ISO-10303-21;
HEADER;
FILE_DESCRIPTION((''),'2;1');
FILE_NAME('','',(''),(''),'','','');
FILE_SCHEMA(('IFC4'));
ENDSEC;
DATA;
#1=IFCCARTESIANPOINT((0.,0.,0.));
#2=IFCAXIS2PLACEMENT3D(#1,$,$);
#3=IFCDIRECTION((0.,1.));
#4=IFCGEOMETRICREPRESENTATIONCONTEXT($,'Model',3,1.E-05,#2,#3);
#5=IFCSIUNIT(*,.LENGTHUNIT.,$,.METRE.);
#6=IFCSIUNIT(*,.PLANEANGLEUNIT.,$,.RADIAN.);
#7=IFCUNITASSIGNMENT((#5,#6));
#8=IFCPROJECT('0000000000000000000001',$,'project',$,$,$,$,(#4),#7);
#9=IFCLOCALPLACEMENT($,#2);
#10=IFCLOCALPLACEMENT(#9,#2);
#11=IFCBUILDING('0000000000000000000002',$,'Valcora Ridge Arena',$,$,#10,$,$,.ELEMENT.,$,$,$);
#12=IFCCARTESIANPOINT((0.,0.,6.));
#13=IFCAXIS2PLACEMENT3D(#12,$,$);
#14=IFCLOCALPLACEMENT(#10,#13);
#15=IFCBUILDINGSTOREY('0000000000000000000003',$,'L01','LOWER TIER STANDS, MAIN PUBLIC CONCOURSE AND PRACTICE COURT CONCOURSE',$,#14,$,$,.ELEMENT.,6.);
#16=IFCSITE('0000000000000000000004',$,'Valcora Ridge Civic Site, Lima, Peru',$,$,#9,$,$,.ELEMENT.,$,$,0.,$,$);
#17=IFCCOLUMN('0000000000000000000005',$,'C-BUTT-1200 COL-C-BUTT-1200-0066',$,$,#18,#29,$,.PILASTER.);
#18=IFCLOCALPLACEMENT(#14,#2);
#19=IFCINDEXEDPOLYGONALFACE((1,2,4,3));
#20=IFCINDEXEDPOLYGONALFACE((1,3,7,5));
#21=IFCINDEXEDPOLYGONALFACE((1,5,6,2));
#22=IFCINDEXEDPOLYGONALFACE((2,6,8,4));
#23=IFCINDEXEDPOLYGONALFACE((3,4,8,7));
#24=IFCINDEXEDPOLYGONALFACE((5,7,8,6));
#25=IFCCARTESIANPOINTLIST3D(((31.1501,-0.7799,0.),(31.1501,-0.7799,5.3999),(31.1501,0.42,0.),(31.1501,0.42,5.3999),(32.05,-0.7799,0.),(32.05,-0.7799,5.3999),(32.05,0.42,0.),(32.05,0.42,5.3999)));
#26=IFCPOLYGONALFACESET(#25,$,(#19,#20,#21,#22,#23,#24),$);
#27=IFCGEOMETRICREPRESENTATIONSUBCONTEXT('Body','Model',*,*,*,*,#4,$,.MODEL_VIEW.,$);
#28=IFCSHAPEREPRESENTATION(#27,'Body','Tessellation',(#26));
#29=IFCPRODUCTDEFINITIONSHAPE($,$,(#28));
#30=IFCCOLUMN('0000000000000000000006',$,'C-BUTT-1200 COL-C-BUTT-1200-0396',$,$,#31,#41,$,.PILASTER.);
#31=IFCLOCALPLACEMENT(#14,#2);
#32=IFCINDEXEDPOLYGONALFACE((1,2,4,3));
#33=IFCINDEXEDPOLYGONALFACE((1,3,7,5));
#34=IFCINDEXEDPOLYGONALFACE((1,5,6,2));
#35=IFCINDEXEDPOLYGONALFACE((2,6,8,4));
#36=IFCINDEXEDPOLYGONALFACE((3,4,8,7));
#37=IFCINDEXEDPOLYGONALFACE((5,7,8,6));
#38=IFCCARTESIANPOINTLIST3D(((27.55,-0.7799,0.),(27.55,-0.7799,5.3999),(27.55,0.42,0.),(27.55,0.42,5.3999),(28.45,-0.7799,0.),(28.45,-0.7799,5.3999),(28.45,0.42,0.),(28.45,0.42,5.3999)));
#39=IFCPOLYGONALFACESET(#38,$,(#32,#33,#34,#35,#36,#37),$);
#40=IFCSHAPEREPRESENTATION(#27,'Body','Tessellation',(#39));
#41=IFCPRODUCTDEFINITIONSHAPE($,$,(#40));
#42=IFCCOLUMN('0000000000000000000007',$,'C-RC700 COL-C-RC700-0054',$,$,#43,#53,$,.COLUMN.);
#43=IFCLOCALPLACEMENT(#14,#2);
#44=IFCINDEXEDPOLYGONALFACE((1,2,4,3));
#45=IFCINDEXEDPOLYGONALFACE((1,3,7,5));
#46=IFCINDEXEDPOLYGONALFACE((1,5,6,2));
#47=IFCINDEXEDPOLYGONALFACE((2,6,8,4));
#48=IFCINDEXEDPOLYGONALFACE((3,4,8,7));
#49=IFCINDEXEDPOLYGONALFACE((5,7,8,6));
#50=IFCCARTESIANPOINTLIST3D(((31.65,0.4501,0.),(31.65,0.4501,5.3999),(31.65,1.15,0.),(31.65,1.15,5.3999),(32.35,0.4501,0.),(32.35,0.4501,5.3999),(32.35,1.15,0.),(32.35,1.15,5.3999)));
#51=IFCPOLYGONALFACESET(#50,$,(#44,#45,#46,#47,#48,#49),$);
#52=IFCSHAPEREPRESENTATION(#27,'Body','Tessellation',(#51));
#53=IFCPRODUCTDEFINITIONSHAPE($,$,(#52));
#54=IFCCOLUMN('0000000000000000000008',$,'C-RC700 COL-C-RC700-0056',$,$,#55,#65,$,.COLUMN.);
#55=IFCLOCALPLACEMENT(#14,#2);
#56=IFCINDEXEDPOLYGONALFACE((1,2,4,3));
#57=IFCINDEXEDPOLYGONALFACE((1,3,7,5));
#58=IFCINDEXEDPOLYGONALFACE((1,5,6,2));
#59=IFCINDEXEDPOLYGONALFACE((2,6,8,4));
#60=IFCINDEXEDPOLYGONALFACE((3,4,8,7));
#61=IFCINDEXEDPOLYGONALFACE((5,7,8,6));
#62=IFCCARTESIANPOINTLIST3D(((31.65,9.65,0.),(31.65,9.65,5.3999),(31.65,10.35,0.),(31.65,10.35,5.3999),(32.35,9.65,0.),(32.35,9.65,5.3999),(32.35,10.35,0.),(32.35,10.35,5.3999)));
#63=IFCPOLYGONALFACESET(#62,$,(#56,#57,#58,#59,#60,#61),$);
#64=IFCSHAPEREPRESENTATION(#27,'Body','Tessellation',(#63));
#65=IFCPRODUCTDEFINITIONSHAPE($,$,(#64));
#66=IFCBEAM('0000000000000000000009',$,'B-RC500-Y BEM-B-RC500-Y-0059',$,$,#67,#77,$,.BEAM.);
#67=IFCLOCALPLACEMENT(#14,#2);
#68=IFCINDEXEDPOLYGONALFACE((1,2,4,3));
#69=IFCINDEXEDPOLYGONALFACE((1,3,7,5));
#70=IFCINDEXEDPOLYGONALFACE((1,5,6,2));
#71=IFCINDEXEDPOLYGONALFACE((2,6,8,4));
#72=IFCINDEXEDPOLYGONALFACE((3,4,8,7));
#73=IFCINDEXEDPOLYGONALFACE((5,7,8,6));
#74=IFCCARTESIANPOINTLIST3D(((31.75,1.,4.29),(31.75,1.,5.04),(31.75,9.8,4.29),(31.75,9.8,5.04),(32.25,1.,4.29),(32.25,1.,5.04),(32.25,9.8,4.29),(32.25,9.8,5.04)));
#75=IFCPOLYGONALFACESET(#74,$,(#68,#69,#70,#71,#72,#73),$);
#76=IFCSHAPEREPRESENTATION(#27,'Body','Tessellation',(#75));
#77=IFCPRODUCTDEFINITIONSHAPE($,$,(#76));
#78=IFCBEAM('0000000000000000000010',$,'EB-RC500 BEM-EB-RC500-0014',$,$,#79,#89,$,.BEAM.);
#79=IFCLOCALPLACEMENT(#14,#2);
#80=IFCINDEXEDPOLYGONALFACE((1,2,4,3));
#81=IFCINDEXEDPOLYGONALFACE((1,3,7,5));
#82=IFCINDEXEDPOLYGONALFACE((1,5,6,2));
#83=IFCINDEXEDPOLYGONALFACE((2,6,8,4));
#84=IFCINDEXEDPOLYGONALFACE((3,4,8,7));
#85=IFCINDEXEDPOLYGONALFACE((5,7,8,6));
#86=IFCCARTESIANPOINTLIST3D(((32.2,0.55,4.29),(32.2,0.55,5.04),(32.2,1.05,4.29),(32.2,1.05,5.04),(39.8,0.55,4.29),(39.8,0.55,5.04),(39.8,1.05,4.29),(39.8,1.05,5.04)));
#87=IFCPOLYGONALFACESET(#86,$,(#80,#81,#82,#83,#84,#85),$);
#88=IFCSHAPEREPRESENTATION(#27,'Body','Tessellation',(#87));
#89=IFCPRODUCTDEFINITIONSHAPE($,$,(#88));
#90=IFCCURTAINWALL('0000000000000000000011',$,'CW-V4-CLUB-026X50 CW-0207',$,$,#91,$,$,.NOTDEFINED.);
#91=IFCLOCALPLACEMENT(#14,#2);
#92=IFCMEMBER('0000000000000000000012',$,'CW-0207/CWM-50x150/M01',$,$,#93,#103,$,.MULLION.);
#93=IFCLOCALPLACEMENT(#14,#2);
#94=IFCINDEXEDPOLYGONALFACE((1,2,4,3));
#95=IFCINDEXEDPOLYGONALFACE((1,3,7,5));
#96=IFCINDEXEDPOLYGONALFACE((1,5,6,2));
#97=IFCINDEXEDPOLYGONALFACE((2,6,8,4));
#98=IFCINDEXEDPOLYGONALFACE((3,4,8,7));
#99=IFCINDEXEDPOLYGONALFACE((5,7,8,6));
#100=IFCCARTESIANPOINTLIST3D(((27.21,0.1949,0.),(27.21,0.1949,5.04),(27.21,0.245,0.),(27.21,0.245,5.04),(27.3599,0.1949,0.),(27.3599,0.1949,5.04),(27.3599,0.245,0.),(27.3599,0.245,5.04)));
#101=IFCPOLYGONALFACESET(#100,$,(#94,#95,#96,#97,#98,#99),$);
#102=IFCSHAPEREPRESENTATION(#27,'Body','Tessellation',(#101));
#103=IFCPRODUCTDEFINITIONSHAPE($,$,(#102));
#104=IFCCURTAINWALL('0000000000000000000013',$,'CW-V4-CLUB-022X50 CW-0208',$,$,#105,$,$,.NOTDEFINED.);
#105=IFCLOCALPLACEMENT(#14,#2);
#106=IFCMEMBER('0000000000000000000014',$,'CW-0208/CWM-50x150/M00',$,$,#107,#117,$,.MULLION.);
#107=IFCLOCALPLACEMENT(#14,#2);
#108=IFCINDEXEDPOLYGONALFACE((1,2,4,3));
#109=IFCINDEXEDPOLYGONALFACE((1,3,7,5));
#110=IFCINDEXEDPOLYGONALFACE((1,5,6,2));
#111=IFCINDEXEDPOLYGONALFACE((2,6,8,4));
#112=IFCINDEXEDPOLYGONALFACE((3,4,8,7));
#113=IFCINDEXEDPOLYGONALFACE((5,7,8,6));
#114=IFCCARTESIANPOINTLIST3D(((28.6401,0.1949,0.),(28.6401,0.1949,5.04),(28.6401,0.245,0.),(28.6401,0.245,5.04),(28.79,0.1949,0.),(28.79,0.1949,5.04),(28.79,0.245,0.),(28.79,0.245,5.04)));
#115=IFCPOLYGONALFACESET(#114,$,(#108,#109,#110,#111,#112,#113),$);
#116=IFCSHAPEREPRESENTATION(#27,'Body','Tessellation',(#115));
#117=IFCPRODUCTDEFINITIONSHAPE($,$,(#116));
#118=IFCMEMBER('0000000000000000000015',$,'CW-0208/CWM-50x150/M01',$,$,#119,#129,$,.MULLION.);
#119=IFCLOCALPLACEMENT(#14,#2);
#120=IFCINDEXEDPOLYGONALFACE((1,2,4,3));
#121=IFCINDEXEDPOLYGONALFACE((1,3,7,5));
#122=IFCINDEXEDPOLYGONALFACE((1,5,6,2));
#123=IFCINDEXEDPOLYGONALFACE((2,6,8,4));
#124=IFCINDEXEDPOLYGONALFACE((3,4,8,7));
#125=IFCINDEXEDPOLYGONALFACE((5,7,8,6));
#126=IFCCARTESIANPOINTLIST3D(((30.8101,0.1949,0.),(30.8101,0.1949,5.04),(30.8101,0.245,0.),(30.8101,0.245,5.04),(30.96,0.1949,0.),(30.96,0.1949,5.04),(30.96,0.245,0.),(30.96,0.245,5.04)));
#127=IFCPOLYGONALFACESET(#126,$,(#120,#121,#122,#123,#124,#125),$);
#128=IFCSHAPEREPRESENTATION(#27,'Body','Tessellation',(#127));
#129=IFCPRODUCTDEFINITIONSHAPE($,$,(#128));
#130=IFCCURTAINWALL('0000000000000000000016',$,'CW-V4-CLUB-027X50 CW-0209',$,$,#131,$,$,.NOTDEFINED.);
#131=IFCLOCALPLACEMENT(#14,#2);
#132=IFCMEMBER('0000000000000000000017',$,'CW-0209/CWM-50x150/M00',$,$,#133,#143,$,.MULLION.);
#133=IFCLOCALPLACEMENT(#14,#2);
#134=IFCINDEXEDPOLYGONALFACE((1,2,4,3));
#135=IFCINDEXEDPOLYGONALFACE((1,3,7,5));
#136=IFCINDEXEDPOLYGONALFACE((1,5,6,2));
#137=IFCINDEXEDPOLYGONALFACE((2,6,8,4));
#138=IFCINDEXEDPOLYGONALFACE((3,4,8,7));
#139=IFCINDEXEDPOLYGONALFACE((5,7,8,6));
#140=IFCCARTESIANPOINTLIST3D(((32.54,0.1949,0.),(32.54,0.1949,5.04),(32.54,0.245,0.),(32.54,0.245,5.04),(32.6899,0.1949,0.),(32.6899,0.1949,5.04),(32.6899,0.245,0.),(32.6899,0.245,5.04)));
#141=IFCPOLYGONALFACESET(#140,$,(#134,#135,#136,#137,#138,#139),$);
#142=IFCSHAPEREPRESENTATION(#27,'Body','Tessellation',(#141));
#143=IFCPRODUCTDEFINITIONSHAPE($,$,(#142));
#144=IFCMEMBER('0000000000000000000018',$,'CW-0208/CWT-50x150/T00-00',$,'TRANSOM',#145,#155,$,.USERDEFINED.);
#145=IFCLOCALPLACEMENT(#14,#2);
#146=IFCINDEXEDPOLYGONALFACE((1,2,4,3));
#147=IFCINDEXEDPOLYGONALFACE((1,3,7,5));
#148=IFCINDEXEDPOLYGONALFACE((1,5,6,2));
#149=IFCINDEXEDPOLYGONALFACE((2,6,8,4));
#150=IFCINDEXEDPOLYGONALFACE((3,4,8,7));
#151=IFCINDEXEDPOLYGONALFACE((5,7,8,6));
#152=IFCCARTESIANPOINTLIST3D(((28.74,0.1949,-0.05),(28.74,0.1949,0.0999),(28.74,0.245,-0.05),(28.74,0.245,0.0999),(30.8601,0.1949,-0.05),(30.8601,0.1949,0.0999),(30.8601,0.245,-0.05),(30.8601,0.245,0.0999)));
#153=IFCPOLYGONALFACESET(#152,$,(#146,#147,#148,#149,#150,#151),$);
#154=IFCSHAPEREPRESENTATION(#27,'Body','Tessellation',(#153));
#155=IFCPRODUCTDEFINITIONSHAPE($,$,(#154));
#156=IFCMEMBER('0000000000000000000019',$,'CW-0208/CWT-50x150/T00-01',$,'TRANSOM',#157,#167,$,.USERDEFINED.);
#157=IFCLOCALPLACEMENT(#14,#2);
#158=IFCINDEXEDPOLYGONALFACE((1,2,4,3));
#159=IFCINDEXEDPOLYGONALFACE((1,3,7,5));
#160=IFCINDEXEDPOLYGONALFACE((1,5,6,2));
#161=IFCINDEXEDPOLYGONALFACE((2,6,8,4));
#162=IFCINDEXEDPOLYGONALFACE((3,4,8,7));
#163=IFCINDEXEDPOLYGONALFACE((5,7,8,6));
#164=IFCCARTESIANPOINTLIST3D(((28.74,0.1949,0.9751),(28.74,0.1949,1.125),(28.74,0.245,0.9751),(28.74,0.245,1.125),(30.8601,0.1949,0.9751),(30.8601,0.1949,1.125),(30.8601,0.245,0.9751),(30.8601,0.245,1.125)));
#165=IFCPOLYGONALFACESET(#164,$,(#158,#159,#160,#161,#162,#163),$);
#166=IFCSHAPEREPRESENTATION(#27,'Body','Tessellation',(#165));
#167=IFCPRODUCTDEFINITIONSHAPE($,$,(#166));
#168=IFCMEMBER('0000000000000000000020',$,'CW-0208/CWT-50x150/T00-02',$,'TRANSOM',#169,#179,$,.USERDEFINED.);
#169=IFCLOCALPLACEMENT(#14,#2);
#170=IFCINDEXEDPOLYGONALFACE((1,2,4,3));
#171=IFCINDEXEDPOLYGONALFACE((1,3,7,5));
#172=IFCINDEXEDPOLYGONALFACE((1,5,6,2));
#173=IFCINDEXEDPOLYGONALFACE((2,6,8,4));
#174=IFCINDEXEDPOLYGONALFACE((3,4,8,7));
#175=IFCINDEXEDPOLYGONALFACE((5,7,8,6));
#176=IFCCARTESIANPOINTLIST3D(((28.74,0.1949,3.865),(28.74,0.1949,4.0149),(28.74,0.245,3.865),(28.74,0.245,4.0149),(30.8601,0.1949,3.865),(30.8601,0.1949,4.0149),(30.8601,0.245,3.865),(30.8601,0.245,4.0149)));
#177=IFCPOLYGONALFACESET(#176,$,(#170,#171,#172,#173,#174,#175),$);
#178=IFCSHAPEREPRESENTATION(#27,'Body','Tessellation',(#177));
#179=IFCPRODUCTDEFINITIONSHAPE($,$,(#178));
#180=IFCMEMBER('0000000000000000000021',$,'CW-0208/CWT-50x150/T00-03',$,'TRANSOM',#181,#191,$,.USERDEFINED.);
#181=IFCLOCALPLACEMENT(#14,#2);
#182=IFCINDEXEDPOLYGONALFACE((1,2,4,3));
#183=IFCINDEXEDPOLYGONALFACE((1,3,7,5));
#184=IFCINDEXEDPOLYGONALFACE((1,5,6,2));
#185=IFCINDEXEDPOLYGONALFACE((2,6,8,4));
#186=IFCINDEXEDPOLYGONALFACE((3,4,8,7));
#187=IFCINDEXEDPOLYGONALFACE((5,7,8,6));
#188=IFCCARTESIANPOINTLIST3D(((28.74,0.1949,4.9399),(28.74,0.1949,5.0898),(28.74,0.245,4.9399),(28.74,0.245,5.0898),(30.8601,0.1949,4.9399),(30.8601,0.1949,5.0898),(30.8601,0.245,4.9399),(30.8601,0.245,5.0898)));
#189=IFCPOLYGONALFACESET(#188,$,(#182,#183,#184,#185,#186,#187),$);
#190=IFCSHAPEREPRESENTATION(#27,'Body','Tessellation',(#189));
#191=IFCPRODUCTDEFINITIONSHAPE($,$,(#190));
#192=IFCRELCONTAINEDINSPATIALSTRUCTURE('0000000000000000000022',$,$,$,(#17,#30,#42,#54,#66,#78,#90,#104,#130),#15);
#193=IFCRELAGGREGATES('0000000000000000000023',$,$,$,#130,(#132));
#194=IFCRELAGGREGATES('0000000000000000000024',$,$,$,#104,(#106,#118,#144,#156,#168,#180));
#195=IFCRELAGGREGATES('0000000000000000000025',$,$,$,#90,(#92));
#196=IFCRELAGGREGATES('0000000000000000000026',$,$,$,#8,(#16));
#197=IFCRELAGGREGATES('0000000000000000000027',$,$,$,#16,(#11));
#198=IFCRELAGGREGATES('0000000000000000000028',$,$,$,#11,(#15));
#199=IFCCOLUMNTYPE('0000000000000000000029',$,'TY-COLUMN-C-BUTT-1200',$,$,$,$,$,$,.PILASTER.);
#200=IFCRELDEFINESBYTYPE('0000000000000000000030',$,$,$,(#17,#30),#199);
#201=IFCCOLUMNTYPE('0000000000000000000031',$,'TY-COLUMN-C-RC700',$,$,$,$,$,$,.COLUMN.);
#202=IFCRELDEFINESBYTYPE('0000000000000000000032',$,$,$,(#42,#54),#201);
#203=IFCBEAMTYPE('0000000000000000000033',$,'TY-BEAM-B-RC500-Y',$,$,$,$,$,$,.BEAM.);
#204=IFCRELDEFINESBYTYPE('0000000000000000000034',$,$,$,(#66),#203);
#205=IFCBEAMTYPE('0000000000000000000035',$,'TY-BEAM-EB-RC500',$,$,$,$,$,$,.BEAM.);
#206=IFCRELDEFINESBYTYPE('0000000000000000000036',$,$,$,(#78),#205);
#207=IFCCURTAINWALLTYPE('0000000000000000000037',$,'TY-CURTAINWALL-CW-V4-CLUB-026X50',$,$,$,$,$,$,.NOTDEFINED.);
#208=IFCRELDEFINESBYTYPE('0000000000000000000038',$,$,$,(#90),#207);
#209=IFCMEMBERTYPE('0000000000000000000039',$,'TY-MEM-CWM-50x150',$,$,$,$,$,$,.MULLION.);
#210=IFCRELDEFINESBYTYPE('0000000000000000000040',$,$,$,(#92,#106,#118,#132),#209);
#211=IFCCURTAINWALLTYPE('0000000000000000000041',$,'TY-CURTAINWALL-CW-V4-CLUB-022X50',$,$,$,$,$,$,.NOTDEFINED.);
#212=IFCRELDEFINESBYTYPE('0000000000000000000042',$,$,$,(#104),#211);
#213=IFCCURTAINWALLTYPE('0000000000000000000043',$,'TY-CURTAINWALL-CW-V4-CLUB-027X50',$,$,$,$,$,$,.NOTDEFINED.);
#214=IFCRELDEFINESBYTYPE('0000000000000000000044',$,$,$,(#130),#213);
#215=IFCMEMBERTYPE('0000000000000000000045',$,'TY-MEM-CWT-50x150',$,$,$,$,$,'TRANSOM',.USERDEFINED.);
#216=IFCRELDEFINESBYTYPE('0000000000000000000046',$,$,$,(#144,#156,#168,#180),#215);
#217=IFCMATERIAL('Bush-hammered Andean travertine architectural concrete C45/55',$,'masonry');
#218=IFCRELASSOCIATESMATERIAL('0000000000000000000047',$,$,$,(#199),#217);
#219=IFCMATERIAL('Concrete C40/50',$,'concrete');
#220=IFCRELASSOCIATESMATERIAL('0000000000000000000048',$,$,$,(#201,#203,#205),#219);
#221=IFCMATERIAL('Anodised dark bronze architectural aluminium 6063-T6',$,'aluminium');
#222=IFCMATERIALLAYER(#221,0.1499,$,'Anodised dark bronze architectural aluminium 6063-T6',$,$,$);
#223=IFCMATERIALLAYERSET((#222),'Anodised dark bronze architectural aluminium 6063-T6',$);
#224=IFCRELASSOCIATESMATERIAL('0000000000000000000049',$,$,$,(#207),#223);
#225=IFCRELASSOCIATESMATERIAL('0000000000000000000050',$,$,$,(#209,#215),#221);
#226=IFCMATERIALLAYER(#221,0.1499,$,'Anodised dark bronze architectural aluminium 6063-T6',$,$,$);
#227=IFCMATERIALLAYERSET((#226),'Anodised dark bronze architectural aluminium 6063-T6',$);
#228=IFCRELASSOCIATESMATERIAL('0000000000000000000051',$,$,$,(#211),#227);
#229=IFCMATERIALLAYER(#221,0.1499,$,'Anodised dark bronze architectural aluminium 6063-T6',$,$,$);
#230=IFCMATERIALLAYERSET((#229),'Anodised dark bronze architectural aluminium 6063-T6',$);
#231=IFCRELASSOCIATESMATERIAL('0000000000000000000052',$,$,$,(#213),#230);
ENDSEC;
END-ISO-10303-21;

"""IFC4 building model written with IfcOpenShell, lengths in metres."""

from ifc_helpers import new_model, si_unit, direction, frame, origin, origin_2d, place, context, subcontext, project, spatial, rectangle, extrude, material, layer, layer_set, material_profile, profile_set, type_object, element, aggregate, save


model = new_model("IFC4")

# Units and contexts
model_context = context("Model", 3, precision=1e-05, world=origin(), true_north=direction((0.0, 1.0)))
body_context = subcontext(model_context, "Body", "Model", "MODEL_VIEW")
ifc_project = project(units=[si_unit("LENGTHUNIT", "METRE"), si_unit("PLANEANGLEUNIT", "RADIAN")], contexts=[model_context])

# Site, building, storey
site_placement = place(None, origin())
site = spatial("IfcSite", under=ifc_project, at=site_placement, Name="Valcora Ridge Civic Site, Lima, Peru", CompositionType="ELEMENT", RefElevation=0.0)
building_placement = place(site_placement, origin())
building = spatial("IfcBuilding", under=site, at=building_placement, Name="Valcora Ridge Arena", CompositionType="ELEMENT")
storey_placement = place(building_placement, frame((0.0, 0.0, 6.0)))
storey = spatial("IfcBuildingStorey", under=building, at=storey_placement, Name="L01", Description="LOWER TIER STANDS, MAIN PUBLIC CONCOURSE AND PRACTICE COURT CONCOURSE", CompositionType="ELEMENT", Elevation=6.0)

# Columns
ifc_material_1 = material(Name="Bush-hammered Andean travertine architectural concrete C45/55", Category="masonry")
ifc_material_profile_1 = material_profile(ifc_material_1, rectangle(XDim=0.8999, YDim=1.2, at=origin_2d()), Name="RC 900x1200")
ifc_profile_set_1 = profile_set([ifc_material_profile_1], Name="Bush-hammered Andean travertine architectural concrete C45/55")
column_type_1 = type_object("IfcColumnType", Name="TY-COLUMN-C-BUTT-1200", PredefinedType="PILASTER", material=ifc_profile_set_1)
for number, where, z_axis, x_axis, name in (
    (1, (31.6001, -0.1799, 0.0), (0.0, 0.0, 1.0), (1.0, 0.0, 0.0), "C-BUTT-1200 COL-C-BUTT-1200-0066"),
    (2, (28.0, -0.1799, 0.0), (0.0, 0.0, 1.0), (1.0, 0.0, 0.0), "C-BUTT-1200 COL-C-BUTT-1200-0396"),
):
    element("IfcColumn", number, at=place(storey_placement, frame(where, z_axis=z_axis, x_axis=x_axis)), inside=storey, type_object=column_type_1, Name=name, PredefinedType="PILASTER", context=body_context, shape_type="SweptSolid", body=[
        extrude(rectangle(XDim=0.8999, YDim=1.2, at=origin_2d()), origin(), (0.0, 0.0, 1.0), 5.3999),
    ])
ifc_material_2 = material(Name="Concrete C40/50", Category="concrete")
ifc_material_profile_2 = material_profile(ifc_material_2, rectangle(XDim=0.7, YDim=0.7, at=origin_2d()), Name="RC 700x700")
ifc_profile_set_2 = profile_set([ifc_material_profile_2], Name="Concrete C40/50")
column_type_2 = type_object("IfcColumnType", Name="TY-COLUMN-C-RC700", PredefinedType="COLUMN", material=ifc_profile_set_2)
for number, where, z_axis, x_axis, name in (
    (3, (32.0, 0.8, 0.0), (0.0, 0.0, 1.0), (1.0, 0.0, 0.0), "C-RC700 COL-C-RC700-0054"),
    (4, (32.0, 10.0, 0.0), (0.0, 0.0, 1.0), (1.0, 0.0, 0.0), "C-RC700 COL-C-RC700-0056"),
):
    element("IfcColumn", number, at=place(storey_placement, frame(where, z_axis=z_axis, x_axis=x_axis)), inside=storey, type_object=column_type_2, Name=name, PredefinedType="COLUMN", context=body_context, shape_type="SweptSolid", body=[
        extrude(rectangle(XDim=0.7, YDim=0.7, at=origin_2d()), origin(), (0.0, 0.0, 1.0), 5.3999),
    ])

# Beams
ifc_material_profile_3 = material_profile(ifc_material_2, rectangle(XDim=0.5, YDim=0.75, at=origin_2d()), Name="RC 500x750")
ifc_profile_set_3 = profile_set([ifc_material_profile_3], Name="Concrete C40/50")
beam_type_1 = type_object("IfcBeamType", Name="TY-BEAM-B-RC500-Y", PredefinedType="BEAM", material=ifc_profile_set_3)
beam_1_placement = place(storey_placement, frame((32.0, 1.0, 4.665), z_axis=(0.0, 1.0, 0.0), x_axis=(-1.0, 0.0, 0.0)))
element("IfcBeam", 5, at=beam_1_placement, inside=storey, type_object=beam_type_1, Name="B-RC500-Y BEM-B-RC500-Y-0059", PredefinedType="BEAM", context=body_context, shape_type="SweptSolid", body=[
    extrude(rectangle(XDim=0.5, YDim=0.75, at=origin_2d()), origin(), (0.0, 0.0, 1.0), 8.8),
])
ifc_material_profile_4 = material_profile(ifc_material_2, rectangle(XDim=0.5, YDim=0.75, at=origin_2d()), Name="RC 500x750")
ifc_profile_set_4 = profile_set([ifc_material_profile_4], Name="Concrete C40/50")
beam_type_2 = type_object("IfcBeamType", Name="TY-BEAM-EB-RC500", PredefinedType="BEAM", material=ifc_profile_set_4)
beam_2_placement = place(storey_placement, frame((32.2, 0.8, 4.665), z_axis=(1.0, 0.0, 0.0), x_axis=(0.0, 1.0, 0.0)))
element("IfcBeam", 6, at=beam_2_placement, inside=storey, type_object=beam_type_2, Name="EB-RC500 BEM-EB-RC500-0014", PredefinedType="BEAM", context=body_context, shape_type="SweptSolid", body=[
    extrude(rectangle(XDim=0.5, YDim=0.75, at=origin_2d()), origin(), (0.0, 0.0, 1.0), 7.6001),
])

# Curtain wall, member
ifc_material_3 = material(Name="Anodised dark bronze architectural aluminium 6063-T6", Category="aluminium")
ifc_layer_1 = layer(ifc_material_3, 0.1499, Name="Anodised dark bronze architectural aluminium 6063-T6")
ifc_layer_set_1 = layer_set([ifc_layer_1], Name="Anodised dark bronze architectural aluminium 6063-T6")
curtain_wall_type_1 = type_object("IfcCurtainWallType", Name="TY-CURTAINWALL-CW-V4-CLUB-026X50", PredefinedType="NOTDEFINED", material=ifc_layer_set_1)
curtain_wall_1_placement = place(storey_placement, origin())
curtain_wall_1 = element("IfcCurtainWall", 7, at=curtain_wall_1_placement, inside=storey, type_object=curtain_wall_type_1, Name="CW-V4-CLUB-026X50 CW-0207", PredefinedType="NOTDEFINED")
ifc_material_profile_5 = material_profile(ifc_material_3, rectangle(XDim=0.05, YDim=0.1499, at=origin_2d()), Name="ALU MULLION 50x150")
ifc_profile_set_5 = profile_set([ifc_material_profile_5], Name="Anodised dark bronze architectural aluminium 6063-T6")
member_type_1 = type_object("IfcMemberType", Name="TY-MEM-CWM-50x150", PredefinedType="MULLION", material=ifc_profile_set_5)
member_1_placement = place(storey_placement, frame((27.2849, 0.22, 0.0), z_axis=(0.0, 0.0, 1.0), x_axis=(0.0, 1.0, 0.0)))
member_1 = element("IfcMember", 8, at=member_1_placement, type_object=member_type_1, Name="CW-0207/CWM-50x150/M01", PredefinedType="MULLION", context=body_context, shape_type="SweptSolid", body=[
    extrude(rectangle(XDim=0.05, YDim=0.1499, at=origin_2d()), origin(), (0.0, 0.0, 1.0), 5.04),
])

# Curtain wall, members
ifc_layer_2 = layer(ifc_material_3, 0.1499, Name="Anodised dark bronze architectural aluminium 6063-T6")
ifc_layer_set_2 = layer_set([ifc_layer_2], Name="Anodised dark bronze architectural aluminium 6063-T6")
curtain_wall_type_2 = type_object("IfcCurtainWallType", Name="TY-CURTAINWALL-CW-V4-CLUB-022X50", PredefinedType="NOTDEFINED", material=ifc_layer_set_2)
curtain_wall_2_placement = place(storey_placement, origin())
curtain_wall_2 = element("IfcCurtainWall", 9, at=curtain_wall_2_placement, inside=storey, type_object=curtain_wall_type_2, Name="CW-V4-CLUB-022X50 CW-0208", PredefinedType="NOTDEFINED")
member_2_placement = place(storey_placement, frame((28.7151, 0.22, 0.0), z_axis=(0.0, 0.0, 1.0), x_axis=(0.0, 1.0, 0.0)))
member_2 = element("IfcMember", 10, at=member_2_placement, type_object=member_type_1, Name="CW-0208/CWM-50x150/M00", PredefinedType="MULLION", context=body_context, shape_type="SweptSolid", body=[
    extrude(rectangle(XDim=0.05, YDim=0.1499, at=origin_2d()), origin(), (0.0, 0.0, 1.0), 5.04),
])
member_3_placement = place(storey_placement, frame((30.885, 0.22, 0.0), z_axis=(0.0, 0.0, 1.0), x_axis=(0.0, 1.0, 0.0)))
member_3 = element("IfcMember", 11, at=member_3_placement, type_object=member_type_1, Name="CW-0208/CWM-50x150/M01", PredefinedType="MULLION", context=body_context, shape_type="SweptSolid", body=[
    extrude(rectangle(XDim=0.05, YDim=0.1499, at=origin_2d()), origin(), (0.0, 0.0, 1.0), 5.04),
])

# Curtain wall, member
ifc_layer_3 = layer(ifc_material_3, 0.1499, Name="Anodised dark bronze architectural aluminium 6063-T6")
ifc_layer_set_3 = layer_set([ifc_layer_3], Name="Anodised dark bronze architectural aluminium 6063-T6")
curtain_wall_type_3 = type_object("IfcCurtainWallType", Name="TY-CURTAINWALL-CW-V4-CLUB-027X50", PredefinedType="NOTDEFINED", material=ifc_layer_set_3)
curtain_wall_3_placement = place(storey_placement, origin())
curtain_wall_3 = element("IfcCurtainWall", 12, at=curtain_wall_3_placement, inside=storey, type_object=curtain_wall_type_3, Name="CW-V4-CLUB-027X50 CW-0209", PredefinedType="NOTDEFINED")
member_4_placement = place(storey_placement, frame((32.615, 0.22, 0.0), z_axis=(0.0, 0.0, 1.0), x_axis=(0.0, 1.0, 0.0)))
member_4 = element("IfcMember", 13, at=member_4_placement, type_object=member_type_1, Name="CW-0209/CWM-50x150/M00", PredefinedType="MULLION", context=body_context, shape_type="SweptSolid", body=[
    extrude(rectangle(XDim=0.05, YDim=0.1499, at=origin_2d()), origin(), (0.0, 0.0, 1.0), 5.04),
])

# Members
ifc_material_profile_6 = material_profile(ifc_material_3, rectangle(XDim=0.05, YDim=0.1499, at=origin_2d()), Name="ALU TRANSOM 50x150")
ifc_profile_set_6 = profile_set([ifc_material_profile_6], Name="Anodised dark bronze architectural aluminium 6063-T6")
member_type_2 = type_object("IfcMemberType", Name="TY-MEM-CWT-50x150", ElementType="TRANSOM", PredefinedType="USERDEFINED", material=ifc_profile_set_6)
member_5_placement = place(storey_placement, frame((28.74, 0.22, 0.0249), z_axis=(1.0, 0.0, 0.0), x_axis=(0.0, 1.0, 0.0)))
member_5 = element("IfcMember", 14, at=member_5_placement, type_object=member_type_2, Name="CW-0208/CWT-50x150/T00-00", ObjectType="TRANSOM", PredefinedType="USERDEFINED", context=body_context, shape_type="SweptSolid", body=[
    extrude(rectangle(XDim=0.05, YDim=0.1499, at=origin_2d()), origin(), (0.0, 0.0, 1.0), 2.1201),
])
member_6_placement = place(storey_placement, frame((28.74, 0.22, 1.05), z_axis=(1.0, 0.0, 0.0), x_axis=(0.0, 1.0, 0.0)))
member_6 = element("IfcMember", 15, at=member_6_placement, type_object=member_type_2, Name="CW-0208/CWT-50x150/T00-01", ObjectType="TRANSOM", PredefinedType="USERDEFINED", context=body_context, shape_type="SweptSolid", body=[
    extrude(rectangle(XDim=0.05, YDim=0.1499, at=origin_2d()), origin(), (0.0, 0.0, 1.0), 2.1201),
])
member_7_placement = place(storey_placement, frame((28.74, 0.22, 3.9399), z_axis=(1.0, 0.0, 0.0), x_axis=(0.0, 1.0, 0.0)))
member_7 = element("IfcMember", 16, at=member_7_placement, type_object=member_type_2, Name="CW-0208/CWT-50x150/T00-02", ObjectType="TRANSOM", PredefinedType="USERDEFINED", context=body_context, shape_type="SweptSolid", body=[
    extrude(rectangle(XDim=0.05, YDim=0.1499, at=origin_2d()), origin(), (0.0, 0.0, 1.0), 2.1201),
])
member_8_placement = place(storey_placement, frame((28.74, 0.22, 5.0149), z_axis=(1.0, 0.0, 0.0), x_axis=(0.0, 1.0, 0.0)))
member_8 = element("IfcMember", 17, at=member_8_placement, type_object=member_type_2, Name="CW-0208/CWT-50x150/T00-03", ObjectType="TRANSOM", PredefinedType="USERDEFINED", context=body_context, shape_type="SweptSolid", body=[
    extrude(rectangle(XDim=0.05, YDim=0.1499, at=origin_2d()), origin(), (0.0, 0.0, 1.0), 2.1201),
])
aggregate(curtain_wall_3, [member_4])

aggregate(curtain_wall_2, [member_2, member_3, member_5, member_6, member_7, member_8])
aggregate(curtain_wall_1, [member_1])

save(model, "model.ifc")
